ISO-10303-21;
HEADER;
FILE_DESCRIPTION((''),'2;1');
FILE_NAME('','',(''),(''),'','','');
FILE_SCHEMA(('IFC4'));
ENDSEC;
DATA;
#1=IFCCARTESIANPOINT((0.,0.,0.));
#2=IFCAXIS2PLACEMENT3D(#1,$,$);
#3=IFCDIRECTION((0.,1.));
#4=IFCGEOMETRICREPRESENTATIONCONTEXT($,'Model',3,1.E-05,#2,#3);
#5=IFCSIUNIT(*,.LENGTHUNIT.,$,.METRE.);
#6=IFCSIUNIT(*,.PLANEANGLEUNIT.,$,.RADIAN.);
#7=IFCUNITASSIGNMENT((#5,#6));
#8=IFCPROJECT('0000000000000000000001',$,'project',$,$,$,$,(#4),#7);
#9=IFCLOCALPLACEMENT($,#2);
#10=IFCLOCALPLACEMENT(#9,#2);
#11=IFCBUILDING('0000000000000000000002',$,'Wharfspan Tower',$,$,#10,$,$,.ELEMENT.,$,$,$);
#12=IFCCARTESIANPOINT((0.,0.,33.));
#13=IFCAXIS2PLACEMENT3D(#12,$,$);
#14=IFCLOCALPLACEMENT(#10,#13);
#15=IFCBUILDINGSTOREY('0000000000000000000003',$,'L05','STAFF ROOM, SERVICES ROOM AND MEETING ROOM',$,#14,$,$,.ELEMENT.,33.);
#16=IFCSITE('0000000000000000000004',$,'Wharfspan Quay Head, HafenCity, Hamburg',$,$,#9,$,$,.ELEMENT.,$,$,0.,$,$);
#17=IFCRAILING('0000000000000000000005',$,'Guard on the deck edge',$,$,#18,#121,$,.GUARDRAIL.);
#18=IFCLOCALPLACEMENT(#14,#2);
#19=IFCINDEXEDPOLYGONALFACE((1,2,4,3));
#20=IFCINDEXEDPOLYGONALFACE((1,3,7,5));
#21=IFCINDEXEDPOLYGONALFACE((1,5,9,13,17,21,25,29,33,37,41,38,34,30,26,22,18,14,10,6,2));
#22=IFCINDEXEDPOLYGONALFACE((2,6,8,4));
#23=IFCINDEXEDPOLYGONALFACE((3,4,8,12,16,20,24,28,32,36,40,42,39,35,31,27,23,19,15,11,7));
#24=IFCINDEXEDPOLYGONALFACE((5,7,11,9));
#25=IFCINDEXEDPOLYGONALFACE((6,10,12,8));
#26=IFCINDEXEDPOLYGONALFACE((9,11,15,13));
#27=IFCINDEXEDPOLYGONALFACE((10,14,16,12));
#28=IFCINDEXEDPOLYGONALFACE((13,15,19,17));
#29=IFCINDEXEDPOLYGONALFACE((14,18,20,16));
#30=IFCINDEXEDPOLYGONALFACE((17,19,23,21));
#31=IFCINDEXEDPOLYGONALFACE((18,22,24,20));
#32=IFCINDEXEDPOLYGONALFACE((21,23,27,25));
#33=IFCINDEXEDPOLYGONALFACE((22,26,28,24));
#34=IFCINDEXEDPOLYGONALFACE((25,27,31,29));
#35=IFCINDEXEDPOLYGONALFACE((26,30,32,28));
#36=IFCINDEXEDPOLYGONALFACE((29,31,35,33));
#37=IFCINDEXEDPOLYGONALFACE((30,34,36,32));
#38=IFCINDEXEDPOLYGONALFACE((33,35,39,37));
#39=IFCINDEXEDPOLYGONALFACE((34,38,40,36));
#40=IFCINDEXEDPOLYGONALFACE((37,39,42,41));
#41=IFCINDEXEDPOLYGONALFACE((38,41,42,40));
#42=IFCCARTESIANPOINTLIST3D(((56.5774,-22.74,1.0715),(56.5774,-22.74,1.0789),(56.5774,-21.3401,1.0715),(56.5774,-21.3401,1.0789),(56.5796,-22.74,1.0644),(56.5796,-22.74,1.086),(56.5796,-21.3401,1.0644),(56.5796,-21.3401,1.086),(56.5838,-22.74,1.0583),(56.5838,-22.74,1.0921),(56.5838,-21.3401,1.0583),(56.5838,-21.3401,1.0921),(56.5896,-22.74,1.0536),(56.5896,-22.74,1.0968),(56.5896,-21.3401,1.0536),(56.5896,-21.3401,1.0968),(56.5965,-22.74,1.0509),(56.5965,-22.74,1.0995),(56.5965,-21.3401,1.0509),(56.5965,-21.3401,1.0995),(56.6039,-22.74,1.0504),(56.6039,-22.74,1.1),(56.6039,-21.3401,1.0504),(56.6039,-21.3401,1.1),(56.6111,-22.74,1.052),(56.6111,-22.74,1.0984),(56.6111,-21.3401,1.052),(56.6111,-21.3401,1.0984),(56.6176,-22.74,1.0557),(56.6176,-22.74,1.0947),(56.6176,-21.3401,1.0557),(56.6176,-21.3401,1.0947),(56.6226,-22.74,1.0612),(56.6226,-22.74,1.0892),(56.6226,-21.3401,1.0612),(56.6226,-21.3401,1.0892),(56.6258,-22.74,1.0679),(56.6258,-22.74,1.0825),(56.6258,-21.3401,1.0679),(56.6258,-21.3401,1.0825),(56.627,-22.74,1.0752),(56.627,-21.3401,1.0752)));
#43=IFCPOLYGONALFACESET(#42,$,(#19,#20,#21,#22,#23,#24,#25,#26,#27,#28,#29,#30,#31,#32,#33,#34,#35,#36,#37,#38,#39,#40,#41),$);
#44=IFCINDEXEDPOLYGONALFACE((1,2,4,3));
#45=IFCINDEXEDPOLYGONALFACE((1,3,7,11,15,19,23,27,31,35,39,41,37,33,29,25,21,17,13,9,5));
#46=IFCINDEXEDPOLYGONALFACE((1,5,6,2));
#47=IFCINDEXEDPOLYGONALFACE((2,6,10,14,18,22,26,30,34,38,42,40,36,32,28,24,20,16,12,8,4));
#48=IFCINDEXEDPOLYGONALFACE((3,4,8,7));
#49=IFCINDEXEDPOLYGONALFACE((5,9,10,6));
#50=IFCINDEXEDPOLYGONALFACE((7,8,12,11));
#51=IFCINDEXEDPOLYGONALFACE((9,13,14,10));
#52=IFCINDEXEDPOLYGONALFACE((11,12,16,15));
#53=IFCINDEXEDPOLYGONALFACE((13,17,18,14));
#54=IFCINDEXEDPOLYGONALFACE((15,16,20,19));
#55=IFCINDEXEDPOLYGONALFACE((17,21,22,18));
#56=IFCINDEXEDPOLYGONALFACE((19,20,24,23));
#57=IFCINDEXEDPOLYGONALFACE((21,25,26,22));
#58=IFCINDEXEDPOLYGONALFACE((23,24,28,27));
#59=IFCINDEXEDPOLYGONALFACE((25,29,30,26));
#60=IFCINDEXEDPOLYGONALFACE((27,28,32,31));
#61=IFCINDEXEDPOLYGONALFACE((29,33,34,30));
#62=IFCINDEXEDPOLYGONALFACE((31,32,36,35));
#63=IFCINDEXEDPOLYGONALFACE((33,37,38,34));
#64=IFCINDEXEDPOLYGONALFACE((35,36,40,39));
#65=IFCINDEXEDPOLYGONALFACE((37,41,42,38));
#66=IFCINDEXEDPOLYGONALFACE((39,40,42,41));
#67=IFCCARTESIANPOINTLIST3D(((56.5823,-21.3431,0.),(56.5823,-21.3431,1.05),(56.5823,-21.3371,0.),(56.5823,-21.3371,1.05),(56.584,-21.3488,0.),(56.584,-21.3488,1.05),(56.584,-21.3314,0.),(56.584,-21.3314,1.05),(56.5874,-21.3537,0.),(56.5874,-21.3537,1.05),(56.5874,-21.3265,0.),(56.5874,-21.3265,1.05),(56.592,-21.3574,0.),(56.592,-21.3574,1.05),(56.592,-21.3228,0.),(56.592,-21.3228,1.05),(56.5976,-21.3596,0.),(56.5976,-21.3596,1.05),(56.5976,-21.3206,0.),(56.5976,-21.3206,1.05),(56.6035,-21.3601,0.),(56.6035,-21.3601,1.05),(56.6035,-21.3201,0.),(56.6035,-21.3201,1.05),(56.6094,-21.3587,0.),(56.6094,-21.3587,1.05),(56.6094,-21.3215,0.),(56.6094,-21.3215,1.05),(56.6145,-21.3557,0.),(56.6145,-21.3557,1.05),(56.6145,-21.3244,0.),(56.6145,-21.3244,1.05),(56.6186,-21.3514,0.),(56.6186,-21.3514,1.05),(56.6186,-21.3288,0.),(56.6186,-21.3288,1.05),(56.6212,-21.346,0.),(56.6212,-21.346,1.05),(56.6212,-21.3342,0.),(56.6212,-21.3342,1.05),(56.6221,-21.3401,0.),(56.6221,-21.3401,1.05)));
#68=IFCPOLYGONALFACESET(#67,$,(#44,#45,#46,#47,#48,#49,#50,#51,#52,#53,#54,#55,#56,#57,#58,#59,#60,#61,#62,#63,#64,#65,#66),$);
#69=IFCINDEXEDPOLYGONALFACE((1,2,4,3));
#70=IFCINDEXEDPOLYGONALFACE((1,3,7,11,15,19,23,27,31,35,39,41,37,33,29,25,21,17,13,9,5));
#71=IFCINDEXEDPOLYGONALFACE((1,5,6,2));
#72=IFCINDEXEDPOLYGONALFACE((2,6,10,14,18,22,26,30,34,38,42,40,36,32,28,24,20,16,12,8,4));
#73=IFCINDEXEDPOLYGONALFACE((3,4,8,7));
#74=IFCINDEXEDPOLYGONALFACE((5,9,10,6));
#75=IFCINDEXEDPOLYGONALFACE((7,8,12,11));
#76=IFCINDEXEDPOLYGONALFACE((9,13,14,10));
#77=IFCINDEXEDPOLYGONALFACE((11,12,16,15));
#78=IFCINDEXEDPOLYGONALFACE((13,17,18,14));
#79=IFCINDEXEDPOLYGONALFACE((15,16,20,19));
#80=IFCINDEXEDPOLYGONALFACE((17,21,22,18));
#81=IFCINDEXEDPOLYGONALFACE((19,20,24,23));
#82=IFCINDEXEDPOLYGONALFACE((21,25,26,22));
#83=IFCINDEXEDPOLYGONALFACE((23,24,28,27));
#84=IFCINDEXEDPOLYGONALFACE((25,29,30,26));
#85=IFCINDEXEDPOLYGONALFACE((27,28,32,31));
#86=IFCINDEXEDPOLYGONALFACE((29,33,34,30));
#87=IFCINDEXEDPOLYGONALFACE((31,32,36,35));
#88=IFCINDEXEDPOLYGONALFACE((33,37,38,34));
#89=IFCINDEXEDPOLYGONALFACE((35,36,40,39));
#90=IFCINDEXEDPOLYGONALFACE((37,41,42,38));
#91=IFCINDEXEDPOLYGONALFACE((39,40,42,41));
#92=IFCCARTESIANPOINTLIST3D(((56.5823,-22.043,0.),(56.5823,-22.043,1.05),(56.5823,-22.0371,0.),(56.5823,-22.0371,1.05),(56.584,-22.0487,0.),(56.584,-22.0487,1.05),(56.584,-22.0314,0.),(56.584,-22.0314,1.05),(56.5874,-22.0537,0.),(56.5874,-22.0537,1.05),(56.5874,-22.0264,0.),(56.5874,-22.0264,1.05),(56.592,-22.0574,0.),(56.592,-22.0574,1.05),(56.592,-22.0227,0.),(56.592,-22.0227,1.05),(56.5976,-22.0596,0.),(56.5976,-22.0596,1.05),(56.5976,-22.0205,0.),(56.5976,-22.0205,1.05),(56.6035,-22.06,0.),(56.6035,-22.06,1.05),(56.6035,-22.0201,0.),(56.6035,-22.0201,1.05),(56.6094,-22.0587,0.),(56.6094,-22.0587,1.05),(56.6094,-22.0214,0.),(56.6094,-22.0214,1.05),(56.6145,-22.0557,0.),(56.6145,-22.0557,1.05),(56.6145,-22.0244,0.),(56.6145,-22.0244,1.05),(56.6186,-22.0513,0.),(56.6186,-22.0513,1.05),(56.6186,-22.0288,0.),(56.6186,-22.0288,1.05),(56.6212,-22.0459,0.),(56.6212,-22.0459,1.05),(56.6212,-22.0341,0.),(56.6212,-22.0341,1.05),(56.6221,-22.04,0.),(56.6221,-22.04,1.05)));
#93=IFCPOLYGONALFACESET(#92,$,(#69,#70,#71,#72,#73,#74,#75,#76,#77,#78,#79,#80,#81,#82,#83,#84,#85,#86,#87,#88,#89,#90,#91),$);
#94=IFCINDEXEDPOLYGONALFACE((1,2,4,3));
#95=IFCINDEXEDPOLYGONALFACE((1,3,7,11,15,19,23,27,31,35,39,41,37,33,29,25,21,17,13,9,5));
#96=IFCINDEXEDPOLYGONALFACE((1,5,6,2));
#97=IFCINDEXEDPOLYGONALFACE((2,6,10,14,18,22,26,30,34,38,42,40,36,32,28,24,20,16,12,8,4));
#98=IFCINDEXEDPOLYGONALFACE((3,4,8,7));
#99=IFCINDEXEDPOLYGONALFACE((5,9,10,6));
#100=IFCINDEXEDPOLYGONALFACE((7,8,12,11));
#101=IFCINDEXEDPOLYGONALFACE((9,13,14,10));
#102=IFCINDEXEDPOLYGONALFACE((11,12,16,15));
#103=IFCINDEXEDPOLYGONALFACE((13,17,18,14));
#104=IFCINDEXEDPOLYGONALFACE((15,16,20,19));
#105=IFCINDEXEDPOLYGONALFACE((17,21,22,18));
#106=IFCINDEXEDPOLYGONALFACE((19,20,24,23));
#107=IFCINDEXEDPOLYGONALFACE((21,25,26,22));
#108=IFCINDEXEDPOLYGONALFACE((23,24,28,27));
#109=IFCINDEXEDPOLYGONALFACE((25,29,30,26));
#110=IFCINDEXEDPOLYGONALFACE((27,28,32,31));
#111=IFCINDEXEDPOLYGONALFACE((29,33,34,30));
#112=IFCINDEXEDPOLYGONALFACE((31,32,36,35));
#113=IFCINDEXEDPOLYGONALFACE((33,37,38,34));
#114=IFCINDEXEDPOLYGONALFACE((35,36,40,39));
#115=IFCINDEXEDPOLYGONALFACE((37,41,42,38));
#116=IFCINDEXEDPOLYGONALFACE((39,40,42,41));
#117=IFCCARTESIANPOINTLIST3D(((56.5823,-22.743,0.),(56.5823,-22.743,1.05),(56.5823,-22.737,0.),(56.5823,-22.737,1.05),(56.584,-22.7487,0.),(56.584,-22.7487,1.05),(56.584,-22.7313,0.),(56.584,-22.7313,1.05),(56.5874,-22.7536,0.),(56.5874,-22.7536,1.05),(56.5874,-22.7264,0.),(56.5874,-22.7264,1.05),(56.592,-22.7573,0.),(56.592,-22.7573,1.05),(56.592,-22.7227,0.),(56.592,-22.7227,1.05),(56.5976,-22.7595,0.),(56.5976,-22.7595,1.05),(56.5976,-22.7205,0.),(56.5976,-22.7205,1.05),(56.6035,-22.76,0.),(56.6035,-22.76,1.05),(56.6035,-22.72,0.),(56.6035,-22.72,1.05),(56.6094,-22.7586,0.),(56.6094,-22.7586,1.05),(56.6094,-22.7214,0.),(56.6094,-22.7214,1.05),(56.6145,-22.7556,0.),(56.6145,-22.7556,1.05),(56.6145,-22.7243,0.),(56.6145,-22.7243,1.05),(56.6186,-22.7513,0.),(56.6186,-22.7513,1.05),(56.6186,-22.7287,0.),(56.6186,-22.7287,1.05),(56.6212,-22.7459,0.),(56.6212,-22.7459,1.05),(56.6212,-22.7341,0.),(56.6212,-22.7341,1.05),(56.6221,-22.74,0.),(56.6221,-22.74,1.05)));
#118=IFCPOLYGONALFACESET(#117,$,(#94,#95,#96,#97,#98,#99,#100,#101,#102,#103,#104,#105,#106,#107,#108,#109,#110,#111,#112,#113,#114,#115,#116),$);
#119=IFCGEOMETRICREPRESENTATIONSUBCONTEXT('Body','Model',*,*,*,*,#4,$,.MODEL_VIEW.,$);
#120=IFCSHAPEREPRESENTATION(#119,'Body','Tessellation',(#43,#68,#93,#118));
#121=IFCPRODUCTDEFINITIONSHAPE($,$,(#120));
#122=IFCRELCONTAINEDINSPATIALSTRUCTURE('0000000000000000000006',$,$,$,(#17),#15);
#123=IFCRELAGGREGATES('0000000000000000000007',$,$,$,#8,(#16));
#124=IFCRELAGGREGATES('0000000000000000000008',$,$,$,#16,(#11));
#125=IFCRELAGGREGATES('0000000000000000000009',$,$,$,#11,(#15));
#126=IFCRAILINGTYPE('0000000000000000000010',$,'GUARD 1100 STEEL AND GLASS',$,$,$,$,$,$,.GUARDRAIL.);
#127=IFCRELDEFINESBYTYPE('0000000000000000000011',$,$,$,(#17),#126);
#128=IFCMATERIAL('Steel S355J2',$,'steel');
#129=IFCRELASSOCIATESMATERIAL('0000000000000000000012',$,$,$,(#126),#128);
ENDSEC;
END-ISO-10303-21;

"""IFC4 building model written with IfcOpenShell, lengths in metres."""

from ifc_helpers import new_model, si_unit, direction, frame, origin, origin_2d, place, context, subcontext, project, spatial, circle, extrude, material, type_object, element, save


model = new_model("IFC4")

# Units and contexts
model_context = context("Model", 3, precision=1e-05, world=origin(), true_north=direction((0.0, 1.0)))
body_context = subcontext(model_context, "Body", "Model", "MODEL_VIEW")
ifc_project = project(units=[si_unit("LENGTHUNIT", "METRE"), si_unit("PLANEANGLEUNIT", "RADIAN")], contexts=[model_context])

# Site, building, storey
site_placement = place(None, origin())
site = spatial("IfcSite", under=ifc_project, at=site_placement, Name="Wharfspan Quay Head, HafenCity, Hamburg", CompositionType="ELEMENT", RefElevation=0.0)
building_placement = place(site_placement, origin())
building = spatial("IfcBuilding", under=site, at=building_placement, Name="Wharfspan Tower", CompositionType="ELEMENT")
storey_placement = place(building_placement, frame((0.0, 0.0, 33.0)))
storey = spatial("IfcBuildingStorey", under=building, at=storey_placement, Name="L05", Description="STAFF ROOM, SERVICES ROOM AND MEETING ROOM", CompositionType="ELEMENT", Elevation=33.0)

# Railing
ifc_material_1 = material(Name="Steel S355J2", Category="steel")
railing_type = type_object("IfcRailingType", Name="GUARD 1100 STEEL AND GLASS", PredefinedType="GUARDRAIL", material=ifc_material_1)
railing_1_placement = place(storey_placement, frame((56.6021, -21.3401, 0.0)))
element("IfcRailing", 1, at=railing_1_placement, inside=storey, type_object=railing_type, Name="Guard on the deck edge", PredefinedType="GUARDRAIL", context=body_context, shape_type="SweptSolid", body=[
    extrude(circle(Radius=0.0249, at=origin_2d()), frame((0.0, 0.0, 1.0752), z_axis=(0.0, -1.0, 0.0), x_axis=(1.0, 0.0, 0.0)), (0.0, 0.0, 1.0), 1.3999),
    extrude(circle(Radius=0.02, at=origin_2d()), origin(), (0.0, 0.0, 1.0), 1.05),
    extrude(circle(Radius=0.02, at=origin_2d()), frame((0.0, -0.7, 0.0)), (0.0, 0.0, 1.0), 1.05),
    extrude(circle(Radius=0.02, at=origin_2d()), frame((0.0, -1.3999, 0.0)), (0.0, 0.0, 1.0), 1.05),
])

save(model, "model.ifc")
